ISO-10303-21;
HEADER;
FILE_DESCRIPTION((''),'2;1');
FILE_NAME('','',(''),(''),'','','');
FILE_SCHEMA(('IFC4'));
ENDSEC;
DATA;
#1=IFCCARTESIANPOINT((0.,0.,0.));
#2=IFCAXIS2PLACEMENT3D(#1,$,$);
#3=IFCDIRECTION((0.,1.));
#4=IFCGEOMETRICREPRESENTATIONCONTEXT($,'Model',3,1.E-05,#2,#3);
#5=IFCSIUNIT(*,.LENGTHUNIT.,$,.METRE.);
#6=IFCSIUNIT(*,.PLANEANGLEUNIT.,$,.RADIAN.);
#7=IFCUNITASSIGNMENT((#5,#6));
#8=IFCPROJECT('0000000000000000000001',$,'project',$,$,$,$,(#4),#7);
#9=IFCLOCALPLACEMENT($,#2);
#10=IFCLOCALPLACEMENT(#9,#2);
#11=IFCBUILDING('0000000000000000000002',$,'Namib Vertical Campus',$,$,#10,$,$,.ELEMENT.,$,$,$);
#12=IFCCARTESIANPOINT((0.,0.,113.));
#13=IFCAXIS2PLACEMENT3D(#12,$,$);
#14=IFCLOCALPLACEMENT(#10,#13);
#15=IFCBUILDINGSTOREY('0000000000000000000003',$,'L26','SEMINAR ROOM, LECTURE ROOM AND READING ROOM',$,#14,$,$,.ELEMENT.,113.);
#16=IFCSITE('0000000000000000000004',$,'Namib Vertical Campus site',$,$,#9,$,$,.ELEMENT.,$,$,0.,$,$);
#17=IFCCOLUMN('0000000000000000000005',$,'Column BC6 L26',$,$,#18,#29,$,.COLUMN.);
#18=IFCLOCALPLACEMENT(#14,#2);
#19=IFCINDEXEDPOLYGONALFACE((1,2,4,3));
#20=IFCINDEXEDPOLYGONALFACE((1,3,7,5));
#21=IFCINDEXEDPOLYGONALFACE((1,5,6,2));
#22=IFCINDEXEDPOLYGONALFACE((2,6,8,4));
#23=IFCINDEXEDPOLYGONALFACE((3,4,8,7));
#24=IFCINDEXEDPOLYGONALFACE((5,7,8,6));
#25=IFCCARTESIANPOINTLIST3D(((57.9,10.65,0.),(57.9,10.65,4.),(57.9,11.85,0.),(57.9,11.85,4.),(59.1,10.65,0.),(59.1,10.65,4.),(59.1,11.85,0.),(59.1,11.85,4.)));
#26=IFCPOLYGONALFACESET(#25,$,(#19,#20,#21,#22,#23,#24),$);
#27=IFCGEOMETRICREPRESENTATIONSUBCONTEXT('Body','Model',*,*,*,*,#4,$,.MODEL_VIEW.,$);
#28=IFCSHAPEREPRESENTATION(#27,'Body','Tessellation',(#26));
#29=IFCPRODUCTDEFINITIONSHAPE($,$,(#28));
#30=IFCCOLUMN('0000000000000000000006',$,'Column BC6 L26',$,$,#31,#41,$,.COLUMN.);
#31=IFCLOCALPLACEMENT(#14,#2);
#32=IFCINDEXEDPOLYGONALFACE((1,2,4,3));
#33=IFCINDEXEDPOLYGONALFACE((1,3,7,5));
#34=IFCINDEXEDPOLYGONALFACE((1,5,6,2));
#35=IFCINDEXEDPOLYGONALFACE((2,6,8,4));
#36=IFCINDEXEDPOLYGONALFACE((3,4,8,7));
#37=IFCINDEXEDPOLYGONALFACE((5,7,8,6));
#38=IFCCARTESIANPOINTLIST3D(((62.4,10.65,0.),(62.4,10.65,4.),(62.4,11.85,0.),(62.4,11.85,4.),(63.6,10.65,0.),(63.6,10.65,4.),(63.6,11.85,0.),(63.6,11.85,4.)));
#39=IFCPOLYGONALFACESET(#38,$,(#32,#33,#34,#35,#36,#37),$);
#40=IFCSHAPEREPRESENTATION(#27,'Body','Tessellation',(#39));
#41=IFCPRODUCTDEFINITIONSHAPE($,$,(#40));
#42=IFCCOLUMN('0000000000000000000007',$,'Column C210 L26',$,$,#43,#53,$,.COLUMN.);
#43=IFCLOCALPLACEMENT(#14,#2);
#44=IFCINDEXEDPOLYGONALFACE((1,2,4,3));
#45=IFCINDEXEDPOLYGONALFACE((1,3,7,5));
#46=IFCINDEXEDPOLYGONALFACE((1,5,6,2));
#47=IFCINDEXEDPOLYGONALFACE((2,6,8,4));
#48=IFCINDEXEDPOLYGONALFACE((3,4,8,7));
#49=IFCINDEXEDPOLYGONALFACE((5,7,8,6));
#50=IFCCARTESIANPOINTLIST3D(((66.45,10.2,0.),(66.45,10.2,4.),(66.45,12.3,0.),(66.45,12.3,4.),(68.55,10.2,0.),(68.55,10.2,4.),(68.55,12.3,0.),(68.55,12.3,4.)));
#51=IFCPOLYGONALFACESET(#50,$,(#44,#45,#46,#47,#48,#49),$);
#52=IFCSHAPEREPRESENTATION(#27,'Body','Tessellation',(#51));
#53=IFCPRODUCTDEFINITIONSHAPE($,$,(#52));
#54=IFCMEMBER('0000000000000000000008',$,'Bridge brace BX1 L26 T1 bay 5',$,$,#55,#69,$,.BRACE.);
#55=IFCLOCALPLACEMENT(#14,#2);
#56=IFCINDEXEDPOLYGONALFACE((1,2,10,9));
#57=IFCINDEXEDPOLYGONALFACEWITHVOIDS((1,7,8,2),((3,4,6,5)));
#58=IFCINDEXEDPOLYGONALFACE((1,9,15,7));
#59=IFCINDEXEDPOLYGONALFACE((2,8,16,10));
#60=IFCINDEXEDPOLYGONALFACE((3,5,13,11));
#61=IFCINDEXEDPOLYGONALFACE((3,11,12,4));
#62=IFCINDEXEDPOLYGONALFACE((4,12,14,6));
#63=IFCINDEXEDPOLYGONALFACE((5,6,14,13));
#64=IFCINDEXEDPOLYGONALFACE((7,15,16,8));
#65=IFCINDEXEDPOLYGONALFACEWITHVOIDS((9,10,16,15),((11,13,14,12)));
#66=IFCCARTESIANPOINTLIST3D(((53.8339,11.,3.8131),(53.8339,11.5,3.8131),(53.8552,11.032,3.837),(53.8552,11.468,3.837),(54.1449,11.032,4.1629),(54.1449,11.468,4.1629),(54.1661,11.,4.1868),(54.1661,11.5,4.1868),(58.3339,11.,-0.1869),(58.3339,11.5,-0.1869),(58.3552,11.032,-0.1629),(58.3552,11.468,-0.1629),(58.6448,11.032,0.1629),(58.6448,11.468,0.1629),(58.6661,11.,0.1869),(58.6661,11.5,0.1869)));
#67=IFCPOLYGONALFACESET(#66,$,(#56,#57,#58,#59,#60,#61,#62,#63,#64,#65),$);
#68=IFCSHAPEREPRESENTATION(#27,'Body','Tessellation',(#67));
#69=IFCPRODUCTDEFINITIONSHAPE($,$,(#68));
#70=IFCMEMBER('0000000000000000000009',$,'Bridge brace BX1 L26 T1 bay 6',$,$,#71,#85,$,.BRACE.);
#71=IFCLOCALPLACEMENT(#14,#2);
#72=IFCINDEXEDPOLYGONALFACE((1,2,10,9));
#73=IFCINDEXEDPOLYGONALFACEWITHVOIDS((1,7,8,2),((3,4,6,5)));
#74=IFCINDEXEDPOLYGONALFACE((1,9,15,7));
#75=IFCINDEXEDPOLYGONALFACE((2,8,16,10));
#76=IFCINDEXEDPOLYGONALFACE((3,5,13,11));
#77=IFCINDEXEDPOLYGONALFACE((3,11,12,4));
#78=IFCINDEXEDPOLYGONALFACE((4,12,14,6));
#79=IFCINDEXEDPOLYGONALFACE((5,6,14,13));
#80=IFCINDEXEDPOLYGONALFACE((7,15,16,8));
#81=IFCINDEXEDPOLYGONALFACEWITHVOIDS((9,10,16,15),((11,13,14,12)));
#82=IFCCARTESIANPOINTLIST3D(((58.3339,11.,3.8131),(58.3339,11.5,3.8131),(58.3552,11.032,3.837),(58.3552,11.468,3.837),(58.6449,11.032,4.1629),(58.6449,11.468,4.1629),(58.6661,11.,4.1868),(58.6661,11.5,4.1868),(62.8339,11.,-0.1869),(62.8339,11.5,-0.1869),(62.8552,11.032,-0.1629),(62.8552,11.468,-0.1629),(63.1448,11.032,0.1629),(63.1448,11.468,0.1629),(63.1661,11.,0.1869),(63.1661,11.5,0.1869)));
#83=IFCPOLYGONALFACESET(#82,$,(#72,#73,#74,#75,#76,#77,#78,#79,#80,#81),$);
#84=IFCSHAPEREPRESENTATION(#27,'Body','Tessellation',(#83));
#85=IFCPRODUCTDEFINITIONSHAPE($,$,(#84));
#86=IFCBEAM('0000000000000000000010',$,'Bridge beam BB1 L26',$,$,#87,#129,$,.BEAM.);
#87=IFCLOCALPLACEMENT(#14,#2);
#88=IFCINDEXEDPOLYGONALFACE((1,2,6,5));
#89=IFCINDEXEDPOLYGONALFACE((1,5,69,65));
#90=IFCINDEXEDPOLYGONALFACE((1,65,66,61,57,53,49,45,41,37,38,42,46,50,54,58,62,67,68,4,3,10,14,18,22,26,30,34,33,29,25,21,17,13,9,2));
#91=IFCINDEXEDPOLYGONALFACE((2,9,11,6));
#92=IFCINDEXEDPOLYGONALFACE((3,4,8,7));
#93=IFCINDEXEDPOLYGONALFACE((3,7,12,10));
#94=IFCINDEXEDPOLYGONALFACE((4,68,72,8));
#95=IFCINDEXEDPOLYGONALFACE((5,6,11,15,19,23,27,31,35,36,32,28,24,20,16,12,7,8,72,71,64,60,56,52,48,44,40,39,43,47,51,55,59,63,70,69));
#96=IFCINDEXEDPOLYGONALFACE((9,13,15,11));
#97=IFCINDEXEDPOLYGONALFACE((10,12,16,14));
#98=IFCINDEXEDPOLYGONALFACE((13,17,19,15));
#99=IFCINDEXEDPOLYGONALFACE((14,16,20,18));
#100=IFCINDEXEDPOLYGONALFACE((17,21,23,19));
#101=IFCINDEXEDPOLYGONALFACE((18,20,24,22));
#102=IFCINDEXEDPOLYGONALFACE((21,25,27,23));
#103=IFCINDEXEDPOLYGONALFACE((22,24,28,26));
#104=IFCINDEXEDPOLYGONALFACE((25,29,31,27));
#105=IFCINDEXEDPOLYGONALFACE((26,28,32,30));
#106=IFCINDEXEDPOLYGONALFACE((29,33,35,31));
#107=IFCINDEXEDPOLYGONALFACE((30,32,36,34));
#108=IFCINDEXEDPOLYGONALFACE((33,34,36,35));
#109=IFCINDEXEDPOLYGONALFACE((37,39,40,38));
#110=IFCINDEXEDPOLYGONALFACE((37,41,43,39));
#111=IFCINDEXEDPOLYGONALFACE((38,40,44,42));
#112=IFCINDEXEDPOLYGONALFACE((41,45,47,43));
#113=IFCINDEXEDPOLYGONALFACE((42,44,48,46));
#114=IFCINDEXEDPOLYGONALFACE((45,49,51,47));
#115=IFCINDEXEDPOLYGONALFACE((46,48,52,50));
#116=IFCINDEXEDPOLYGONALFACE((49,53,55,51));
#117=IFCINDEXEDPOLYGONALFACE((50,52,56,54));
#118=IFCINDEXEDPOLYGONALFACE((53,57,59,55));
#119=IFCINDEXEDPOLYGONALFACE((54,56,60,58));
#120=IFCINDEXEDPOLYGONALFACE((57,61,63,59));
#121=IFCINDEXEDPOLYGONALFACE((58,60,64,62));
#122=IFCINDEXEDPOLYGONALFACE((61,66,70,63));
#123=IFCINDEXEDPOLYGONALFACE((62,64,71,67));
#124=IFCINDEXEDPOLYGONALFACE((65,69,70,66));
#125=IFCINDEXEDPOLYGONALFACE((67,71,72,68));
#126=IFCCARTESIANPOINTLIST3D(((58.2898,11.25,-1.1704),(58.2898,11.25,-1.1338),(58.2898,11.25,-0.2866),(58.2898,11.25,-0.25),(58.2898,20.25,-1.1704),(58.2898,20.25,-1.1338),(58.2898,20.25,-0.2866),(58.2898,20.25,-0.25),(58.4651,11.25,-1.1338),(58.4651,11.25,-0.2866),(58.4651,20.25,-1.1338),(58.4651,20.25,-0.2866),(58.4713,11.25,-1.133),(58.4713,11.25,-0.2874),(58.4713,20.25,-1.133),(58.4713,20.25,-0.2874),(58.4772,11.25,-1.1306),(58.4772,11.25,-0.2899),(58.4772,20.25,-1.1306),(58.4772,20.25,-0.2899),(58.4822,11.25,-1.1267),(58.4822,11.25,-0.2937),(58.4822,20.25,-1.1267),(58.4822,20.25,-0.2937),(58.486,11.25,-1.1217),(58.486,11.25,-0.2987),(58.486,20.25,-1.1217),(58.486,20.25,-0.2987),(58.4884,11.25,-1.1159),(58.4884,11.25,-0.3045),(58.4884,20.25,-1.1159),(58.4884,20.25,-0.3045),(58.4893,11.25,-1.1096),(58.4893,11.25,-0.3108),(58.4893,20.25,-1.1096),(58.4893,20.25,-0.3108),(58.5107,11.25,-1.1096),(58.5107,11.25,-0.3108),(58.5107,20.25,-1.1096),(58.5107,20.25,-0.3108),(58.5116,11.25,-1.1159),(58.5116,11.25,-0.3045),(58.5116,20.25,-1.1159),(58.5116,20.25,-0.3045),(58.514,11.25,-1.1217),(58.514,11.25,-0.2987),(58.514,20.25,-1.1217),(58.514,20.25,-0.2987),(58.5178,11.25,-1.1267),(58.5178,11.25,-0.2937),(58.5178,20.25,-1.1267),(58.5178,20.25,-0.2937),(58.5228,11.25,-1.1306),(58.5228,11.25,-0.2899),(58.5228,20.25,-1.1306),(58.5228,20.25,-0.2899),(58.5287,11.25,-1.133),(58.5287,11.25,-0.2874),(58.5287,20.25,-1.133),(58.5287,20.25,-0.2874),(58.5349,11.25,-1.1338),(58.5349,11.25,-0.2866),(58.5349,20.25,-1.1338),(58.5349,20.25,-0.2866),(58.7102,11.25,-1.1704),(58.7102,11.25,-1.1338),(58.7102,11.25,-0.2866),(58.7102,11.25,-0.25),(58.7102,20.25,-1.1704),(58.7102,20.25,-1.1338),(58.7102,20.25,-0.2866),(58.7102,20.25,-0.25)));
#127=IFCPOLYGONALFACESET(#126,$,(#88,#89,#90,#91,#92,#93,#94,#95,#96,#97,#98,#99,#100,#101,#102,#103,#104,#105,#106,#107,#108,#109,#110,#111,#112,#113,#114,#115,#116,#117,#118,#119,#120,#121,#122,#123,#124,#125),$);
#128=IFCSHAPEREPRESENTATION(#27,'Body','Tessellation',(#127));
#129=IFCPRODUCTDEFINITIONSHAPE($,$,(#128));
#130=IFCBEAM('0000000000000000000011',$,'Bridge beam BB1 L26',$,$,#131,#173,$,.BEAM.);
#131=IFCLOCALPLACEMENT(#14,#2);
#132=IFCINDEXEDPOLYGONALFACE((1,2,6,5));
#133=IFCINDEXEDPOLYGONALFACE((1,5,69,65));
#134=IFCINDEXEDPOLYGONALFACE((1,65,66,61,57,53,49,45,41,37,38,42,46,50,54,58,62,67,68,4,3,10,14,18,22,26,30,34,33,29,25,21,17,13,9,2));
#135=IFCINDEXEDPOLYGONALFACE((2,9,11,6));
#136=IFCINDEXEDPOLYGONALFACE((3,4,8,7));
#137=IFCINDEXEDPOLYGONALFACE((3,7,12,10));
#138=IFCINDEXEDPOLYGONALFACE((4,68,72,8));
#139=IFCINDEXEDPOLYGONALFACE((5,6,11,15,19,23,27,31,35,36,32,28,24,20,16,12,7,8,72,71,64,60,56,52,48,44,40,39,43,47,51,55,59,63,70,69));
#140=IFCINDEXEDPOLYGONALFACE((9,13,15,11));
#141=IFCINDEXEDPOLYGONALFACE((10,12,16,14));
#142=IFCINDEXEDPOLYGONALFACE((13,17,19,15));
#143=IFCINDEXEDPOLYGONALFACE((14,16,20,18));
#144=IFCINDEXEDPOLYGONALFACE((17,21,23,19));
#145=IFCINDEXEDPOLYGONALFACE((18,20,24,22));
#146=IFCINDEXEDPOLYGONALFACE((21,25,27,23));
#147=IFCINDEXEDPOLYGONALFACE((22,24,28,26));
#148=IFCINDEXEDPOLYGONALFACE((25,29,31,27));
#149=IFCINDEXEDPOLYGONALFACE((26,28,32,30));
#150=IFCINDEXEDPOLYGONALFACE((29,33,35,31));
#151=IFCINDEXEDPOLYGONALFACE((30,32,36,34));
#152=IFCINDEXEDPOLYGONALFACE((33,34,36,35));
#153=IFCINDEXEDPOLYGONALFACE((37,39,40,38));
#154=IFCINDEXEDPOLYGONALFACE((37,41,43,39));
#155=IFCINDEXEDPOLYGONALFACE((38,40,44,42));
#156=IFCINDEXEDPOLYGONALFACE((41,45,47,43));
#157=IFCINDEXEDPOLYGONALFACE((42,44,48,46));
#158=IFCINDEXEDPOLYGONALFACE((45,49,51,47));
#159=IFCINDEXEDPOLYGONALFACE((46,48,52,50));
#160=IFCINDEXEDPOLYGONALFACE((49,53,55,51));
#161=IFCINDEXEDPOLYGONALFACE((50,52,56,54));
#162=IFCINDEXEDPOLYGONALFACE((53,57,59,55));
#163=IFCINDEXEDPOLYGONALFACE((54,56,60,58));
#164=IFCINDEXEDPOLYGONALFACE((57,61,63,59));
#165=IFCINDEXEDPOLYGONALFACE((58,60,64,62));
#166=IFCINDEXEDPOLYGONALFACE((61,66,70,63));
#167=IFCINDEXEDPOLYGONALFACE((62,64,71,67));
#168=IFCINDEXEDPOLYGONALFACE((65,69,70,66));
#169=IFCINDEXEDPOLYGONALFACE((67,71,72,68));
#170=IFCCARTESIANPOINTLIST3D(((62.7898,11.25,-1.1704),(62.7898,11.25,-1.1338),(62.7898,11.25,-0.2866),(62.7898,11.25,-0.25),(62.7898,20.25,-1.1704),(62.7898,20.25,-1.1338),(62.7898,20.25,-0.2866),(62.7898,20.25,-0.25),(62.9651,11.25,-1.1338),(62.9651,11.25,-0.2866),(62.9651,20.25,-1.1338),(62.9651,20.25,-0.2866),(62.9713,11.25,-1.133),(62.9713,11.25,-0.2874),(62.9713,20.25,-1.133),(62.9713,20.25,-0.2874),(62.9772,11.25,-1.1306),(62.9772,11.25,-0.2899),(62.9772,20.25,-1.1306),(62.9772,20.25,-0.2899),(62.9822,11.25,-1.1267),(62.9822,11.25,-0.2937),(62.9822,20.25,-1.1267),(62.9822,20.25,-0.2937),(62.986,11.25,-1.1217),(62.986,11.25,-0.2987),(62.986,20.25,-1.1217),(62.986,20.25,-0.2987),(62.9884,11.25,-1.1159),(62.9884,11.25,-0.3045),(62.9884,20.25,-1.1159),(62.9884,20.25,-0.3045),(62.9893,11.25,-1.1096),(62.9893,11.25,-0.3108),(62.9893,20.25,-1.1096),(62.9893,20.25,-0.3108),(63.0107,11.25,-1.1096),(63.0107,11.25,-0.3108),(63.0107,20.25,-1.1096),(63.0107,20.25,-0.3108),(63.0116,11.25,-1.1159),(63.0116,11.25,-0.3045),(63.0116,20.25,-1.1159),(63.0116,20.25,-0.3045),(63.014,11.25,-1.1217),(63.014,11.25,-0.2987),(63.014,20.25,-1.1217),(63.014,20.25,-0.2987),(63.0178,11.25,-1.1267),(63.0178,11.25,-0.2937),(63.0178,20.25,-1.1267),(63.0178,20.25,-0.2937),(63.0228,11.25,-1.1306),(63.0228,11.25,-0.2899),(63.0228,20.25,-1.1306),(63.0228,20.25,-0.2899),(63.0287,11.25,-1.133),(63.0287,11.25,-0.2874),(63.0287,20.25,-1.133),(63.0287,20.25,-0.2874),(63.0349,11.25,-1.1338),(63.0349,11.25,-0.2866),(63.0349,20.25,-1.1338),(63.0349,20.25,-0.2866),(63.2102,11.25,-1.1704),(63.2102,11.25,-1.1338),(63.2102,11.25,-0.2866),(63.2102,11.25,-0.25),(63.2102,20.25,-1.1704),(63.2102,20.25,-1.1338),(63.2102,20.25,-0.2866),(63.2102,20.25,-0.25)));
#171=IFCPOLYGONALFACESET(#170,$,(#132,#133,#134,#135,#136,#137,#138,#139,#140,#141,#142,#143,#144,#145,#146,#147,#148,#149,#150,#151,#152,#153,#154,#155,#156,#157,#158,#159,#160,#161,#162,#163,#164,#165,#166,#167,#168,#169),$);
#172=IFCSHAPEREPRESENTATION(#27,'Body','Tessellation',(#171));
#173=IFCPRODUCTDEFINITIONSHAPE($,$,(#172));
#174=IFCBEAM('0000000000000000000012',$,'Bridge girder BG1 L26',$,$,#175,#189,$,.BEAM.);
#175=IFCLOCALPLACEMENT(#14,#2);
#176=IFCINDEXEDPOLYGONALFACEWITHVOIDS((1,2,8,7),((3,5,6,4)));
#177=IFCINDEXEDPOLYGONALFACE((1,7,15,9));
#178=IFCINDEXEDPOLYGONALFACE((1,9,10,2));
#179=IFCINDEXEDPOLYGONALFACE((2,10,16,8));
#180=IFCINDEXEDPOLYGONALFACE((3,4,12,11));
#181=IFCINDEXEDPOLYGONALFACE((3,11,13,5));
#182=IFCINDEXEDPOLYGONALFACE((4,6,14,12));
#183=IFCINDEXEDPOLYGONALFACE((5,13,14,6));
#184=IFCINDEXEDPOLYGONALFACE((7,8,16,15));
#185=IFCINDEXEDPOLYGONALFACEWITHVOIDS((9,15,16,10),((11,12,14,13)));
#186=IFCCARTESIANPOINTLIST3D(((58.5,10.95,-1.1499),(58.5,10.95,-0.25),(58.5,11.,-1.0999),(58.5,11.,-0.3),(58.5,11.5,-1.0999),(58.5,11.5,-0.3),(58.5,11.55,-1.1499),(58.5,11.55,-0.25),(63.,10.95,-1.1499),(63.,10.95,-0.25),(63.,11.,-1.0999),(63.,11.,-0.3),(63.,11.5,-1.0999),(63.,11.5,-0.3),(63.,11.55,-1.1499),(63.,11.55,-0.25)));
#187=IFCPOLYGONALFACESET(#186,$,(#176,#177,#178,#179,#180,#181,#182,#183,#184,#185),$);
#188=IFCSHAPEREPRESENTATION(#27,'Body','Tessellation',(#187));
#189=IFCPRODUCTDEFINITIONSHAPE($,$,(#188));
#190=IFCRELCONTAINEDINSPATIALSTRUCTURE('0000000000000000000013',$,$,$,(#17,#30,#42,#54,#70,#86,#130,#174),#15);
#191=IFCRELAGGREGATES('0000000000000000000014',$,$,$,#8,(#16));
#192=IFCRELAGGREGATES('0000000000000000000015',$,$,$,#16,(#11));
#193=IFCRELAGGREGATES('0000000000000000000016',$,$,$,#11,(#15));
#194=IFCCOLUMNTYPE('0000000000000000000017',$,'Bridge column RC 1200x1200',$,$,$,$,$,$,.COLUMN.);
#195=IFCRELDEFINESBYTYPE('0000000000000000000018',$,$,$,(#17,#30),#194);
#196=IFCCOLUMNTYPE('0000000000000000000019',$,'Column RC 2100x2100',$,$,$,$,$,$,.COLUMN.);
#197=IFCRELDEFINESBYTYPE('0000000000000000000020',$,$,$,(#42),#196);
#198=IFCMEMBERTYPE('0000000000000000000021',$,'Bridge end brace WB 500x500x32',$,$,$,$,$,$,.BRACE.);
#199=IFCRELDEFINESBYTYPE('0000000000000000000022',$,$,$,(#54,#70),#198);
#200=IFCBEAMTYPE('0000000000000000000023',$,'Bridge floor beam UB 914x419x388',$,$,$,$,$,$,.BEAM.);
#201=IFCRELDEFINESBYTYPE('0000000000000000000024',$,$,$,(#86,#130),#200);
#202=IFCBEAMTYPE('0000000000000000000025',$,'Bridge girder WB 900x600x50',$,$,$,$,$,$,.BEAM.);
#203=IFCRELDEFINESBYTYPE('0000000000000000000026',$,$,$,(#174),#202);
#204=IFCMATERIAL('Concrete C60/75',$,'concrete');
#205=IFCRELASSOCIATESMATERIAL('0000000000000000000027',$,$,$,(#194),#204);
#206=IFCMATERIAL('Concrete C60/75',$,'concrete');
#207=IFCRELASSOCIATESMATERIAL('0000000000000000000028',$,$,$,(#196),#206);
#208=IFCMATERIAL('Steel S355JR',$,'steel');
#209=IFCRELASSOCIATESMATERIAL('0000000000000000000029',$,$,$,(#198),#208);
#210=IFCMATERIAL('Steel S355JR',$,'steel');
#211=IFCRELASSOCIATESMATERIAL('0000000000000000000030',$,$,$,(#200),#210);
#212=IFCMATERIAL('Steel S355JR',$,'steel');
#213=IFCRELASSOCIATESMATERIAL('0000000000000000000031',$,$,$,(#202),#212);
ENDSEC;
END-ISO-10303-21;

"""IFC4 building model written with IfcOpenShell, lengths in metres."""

from ifc_helpers import new_model, si_unit, direction, frame, origin, origin_2d, place, context, subcontext, project, spatial, rectangle, hollow_rectangle, i_section, extrude, material, material_profile, profile_set, type_object, element, save


model = new_model("IFC4")

# Units and contexts
model_context = context("Model", 3, precision=1e-05, world=origin(), true_north=direction((0.0, 1.0)))
body_context = subcontext(model_context, "Body", "Model", "MODEL_VIEW")
ifc_project = project(units=[si_unit("LENGTHUNIT", "METRE"), si_unit("PLANEANGLEUNIT", "RADIAN")], contexts=[model_context])

# Site, building, storey
site_placement = place(None, origin())
site = spatial("IfcSite", under=ifc_project, at=site_placement, Name="Namib Vertical Campus site", CompositionType="ELEMENT", RefElevation=0.0)
building_placement = place(site_placement, origin())
building = spatial("IfcBuilding", under=site, at=building_placement, Name="Namib Vertical Campus", CompositionType="ELEMENT")
storey_placement = place(building_placement, frame((0.0, 0.0, 113.0)))
storey = spatial("IfcBuildingStorey", under=building, at=storey_placement, Name="L26", Description="SEMINAR ROOM, LECTURE ROOM AND READING ROOM", CompositionType="ELEMENT", Elevation=113.0)

# Columns
ifc_material_1 = material(Name="Concrete C60/75", Category="concrete")
ifc_material_profile_1 = material_profile(ifc_material_1, rectangle(XDim=1.2, YDim=1.2, at=origin_2d()))
ifc_profile_set_1 = profile_set([ifc_material_profile_1], Name="Concrete C60/75")
column_type_1 = type_object("IfcColumnType", Name="Bridge column RC 1200x1200", PredefinedType="COLUMN", material=ifc_profile_set_1)
for number, where, z_axis, x_axis, name in (
    (1, (58.5, 11.25, 0.0), (0.0, 0.0, 1.0), (1.0, 0.0, 0.0), "Column BC6 L26"),
    (2, (63.0, 11.25, 0.0), (0.0, 0.0, 1.0), (1.0, 0.0, 0.0), "Column BC6 L26"),
):
    element("IfcColumn", number, at=place(storey_placement, frame(where, z_axis=z_axis, x_axis=x_axis)), inside=storey, type_object=column_type_1, Name=name, PredefinedType="COLUMN", context=body_context, shape_type="SweptSolid", body=[
        extrude(rectangle(XDim=1.2, YDim=1.2, at=origin_2d()), origin(), (0.0, 0.0, 1.0), 4.0),
    ])
ifc_material_2 = material(Name="Concrete C60/75", Category="concrete")
ifc_material_profile_2 = material_profile(ifc_material_2, rectangle(XDim=2.1001, YDim=2.1001, at=origin_2d()))
ifc_profile_set_2 = profile_set([ifc_material_profile_2], Name="Concrete C60/75")
column_type_2 = type_object("IfcColumnType", Name="Column RC 2100x2100", PredefinedType="COLUMN", material=ifc_profile_set_2)
column_placement = place(storey_placement, frame((67.5, 11.25, 0.0), z_axis=(0.0, 0.0, 1.0), x_axis=(1.0, 0.0, 0.0)))
element("IfcColumn", 3, at=column_placement, inside=storey, type_object=column_type_2, Name="Column C210 L26", PredefinedType="COLUMN", context=body_context, shape_type="SweptSolid", body=[
    extrude(rectangle(XDim=2.1001, YDim=2.1001, at=origin_2d()), origin(), (0.0, 0.0, 1.0), 4.0),
])

# Members
ifc_material_3 = material(Name="Steel S355JR", Category="steel")
ifc_material_profile_3 = material_profile(ifc_material_3, hollow_rectangle(XDim=0.5, YDim=0.5, WallThickness=0.032, at=origin_2d()))
ifc_profile_set_3 = profile_set([ifc_material_profile_3], Name="Steel S355JR")
member_type_1 = type_object("IfcMemberType", Name="Bridge end brace WB 500x500x32", PredefinedType="BRACE", material=ifc_profile_set_3)
for number, where, z_axis, x_axis, name in (
    (4, (58.5, 11.25, 0.0), (-0.747409, 0.0, 0.664364), (0.0, -1.0, 0.0), "Bridge brace BX1 L26 T1 bay 5"),
    (5, (63.0, 11.25, 0.0), (-0.747409, 0.0, 0.664364), (0.0, -1.0, 0.0), "Bridge brace BX1 L26 T1 bay 6"),
):
    element("IfcMember", number, at=place(storey_placement, frame(where, z_axis=z_axis, x_axis=x_axis)), inside=storey, type_object=member_type_1, Name=name, PredefinedType="BRACE", context=body_context, shape_type="SweptSolid", body=[
        extrude(hollow_rectangle(XDim=0.5, YDim=0.5, WallThickness=0.032, at=origin_2d()), origin(), (0.0, 0.0, 1.0), 6.0208),
    ])

# Beams
ifc_material_4 = material(Name="Steel S355JR", Category="steel")
ifc_material_profile_4 = material_profile(ifc_material_4, i_section(OverallWidth=0.4204, OverallDepth=0.9204, WebThickness=0.0215, FlangeThickness=0.0366, FilletRadius=0.0242, at=origin_2d()))
ifc_profile_set_4 = profile_set([ifc_material_profile_4], Name="Steel S355JR")
beam_type_1 = type_object("IfcBeamType", Name="Bridge floor beam UB 914x419x388", PredefinedType="BEAM", material=ifc_profile_set_4)
for number, where, z_axis, x_axis, name in (
    (6, (58.5, 11.25, -0.7102), (0.0, 1.0, 0.0), (-1.0, 0.0, 0.0), "Bridge beam BB1 L26"),
    (7, (63.0, 11.25, -0.7102), (0.0, 1.0, 0.0), (-1.0, 0.0, 0.0), "Bridge beam BB1 L26"),
):
    element("IfcBeam", number, at=place(storey_placement, frame(where, z_axis=z_axis, x_axis=x_axis)), inside=storey, type_object=beam_type_1, Name=name, PredefinedType="BEAM", context=body_context, shape_type="SweptSolid", body=[
        extrude(i_section(OverallWidth=0.4204, OverallDepth=0.9204, WebThickness=0.0215, FlangeThickness=0.0366, FilletRadius=0.0242, at=origin_2d()), origin(), (0.0, 0.0, 1.0), 9.0),
    ])
ifc_material_5 = material(Name="Steel S355JR", Category="steel")
ifc_material_profile_5 = material_profile(ifc_material_5, hollow_rectangle(XDim=0.6001, YDim=0.8999, WallThickness=0.05, at=origin_2d()))
ifc_profile_set_5 = profile_set([ifc_material_profile_5], Name="Steel S355JR")
beam_type_2 = type_object("IfcBeamType", Name="Bridge girder WB 900x600x50", PredefinedType="BEAM", material=ifc_profile_set_5)
for number, where, z_axis, x_axis, name in (
    (8, (58.5, 11.25, -0.7), (1.0, 0.0, 0.0), (0.0, 1.0, 0.0), "Bridge girder BG1 L26"),
):
    element("IfcBeam", number, at=place(storey_placement, frame(where, z_axis=z_axis, x_axis=x_axis)), inside=storey, type_object=beam_type_2, Name=name, PredefinedType="BEAM", context=body_context, shape_type="SweptSolid", body=[
        extrude(hollow_rectangle(XDim=0.6001, YDim=0.8999, WallThickness=0.05, at=origin_2d()), origin(), (0.0, 0.0, 1.0), 4.5),
    ])

save(model, "model.ifc")
